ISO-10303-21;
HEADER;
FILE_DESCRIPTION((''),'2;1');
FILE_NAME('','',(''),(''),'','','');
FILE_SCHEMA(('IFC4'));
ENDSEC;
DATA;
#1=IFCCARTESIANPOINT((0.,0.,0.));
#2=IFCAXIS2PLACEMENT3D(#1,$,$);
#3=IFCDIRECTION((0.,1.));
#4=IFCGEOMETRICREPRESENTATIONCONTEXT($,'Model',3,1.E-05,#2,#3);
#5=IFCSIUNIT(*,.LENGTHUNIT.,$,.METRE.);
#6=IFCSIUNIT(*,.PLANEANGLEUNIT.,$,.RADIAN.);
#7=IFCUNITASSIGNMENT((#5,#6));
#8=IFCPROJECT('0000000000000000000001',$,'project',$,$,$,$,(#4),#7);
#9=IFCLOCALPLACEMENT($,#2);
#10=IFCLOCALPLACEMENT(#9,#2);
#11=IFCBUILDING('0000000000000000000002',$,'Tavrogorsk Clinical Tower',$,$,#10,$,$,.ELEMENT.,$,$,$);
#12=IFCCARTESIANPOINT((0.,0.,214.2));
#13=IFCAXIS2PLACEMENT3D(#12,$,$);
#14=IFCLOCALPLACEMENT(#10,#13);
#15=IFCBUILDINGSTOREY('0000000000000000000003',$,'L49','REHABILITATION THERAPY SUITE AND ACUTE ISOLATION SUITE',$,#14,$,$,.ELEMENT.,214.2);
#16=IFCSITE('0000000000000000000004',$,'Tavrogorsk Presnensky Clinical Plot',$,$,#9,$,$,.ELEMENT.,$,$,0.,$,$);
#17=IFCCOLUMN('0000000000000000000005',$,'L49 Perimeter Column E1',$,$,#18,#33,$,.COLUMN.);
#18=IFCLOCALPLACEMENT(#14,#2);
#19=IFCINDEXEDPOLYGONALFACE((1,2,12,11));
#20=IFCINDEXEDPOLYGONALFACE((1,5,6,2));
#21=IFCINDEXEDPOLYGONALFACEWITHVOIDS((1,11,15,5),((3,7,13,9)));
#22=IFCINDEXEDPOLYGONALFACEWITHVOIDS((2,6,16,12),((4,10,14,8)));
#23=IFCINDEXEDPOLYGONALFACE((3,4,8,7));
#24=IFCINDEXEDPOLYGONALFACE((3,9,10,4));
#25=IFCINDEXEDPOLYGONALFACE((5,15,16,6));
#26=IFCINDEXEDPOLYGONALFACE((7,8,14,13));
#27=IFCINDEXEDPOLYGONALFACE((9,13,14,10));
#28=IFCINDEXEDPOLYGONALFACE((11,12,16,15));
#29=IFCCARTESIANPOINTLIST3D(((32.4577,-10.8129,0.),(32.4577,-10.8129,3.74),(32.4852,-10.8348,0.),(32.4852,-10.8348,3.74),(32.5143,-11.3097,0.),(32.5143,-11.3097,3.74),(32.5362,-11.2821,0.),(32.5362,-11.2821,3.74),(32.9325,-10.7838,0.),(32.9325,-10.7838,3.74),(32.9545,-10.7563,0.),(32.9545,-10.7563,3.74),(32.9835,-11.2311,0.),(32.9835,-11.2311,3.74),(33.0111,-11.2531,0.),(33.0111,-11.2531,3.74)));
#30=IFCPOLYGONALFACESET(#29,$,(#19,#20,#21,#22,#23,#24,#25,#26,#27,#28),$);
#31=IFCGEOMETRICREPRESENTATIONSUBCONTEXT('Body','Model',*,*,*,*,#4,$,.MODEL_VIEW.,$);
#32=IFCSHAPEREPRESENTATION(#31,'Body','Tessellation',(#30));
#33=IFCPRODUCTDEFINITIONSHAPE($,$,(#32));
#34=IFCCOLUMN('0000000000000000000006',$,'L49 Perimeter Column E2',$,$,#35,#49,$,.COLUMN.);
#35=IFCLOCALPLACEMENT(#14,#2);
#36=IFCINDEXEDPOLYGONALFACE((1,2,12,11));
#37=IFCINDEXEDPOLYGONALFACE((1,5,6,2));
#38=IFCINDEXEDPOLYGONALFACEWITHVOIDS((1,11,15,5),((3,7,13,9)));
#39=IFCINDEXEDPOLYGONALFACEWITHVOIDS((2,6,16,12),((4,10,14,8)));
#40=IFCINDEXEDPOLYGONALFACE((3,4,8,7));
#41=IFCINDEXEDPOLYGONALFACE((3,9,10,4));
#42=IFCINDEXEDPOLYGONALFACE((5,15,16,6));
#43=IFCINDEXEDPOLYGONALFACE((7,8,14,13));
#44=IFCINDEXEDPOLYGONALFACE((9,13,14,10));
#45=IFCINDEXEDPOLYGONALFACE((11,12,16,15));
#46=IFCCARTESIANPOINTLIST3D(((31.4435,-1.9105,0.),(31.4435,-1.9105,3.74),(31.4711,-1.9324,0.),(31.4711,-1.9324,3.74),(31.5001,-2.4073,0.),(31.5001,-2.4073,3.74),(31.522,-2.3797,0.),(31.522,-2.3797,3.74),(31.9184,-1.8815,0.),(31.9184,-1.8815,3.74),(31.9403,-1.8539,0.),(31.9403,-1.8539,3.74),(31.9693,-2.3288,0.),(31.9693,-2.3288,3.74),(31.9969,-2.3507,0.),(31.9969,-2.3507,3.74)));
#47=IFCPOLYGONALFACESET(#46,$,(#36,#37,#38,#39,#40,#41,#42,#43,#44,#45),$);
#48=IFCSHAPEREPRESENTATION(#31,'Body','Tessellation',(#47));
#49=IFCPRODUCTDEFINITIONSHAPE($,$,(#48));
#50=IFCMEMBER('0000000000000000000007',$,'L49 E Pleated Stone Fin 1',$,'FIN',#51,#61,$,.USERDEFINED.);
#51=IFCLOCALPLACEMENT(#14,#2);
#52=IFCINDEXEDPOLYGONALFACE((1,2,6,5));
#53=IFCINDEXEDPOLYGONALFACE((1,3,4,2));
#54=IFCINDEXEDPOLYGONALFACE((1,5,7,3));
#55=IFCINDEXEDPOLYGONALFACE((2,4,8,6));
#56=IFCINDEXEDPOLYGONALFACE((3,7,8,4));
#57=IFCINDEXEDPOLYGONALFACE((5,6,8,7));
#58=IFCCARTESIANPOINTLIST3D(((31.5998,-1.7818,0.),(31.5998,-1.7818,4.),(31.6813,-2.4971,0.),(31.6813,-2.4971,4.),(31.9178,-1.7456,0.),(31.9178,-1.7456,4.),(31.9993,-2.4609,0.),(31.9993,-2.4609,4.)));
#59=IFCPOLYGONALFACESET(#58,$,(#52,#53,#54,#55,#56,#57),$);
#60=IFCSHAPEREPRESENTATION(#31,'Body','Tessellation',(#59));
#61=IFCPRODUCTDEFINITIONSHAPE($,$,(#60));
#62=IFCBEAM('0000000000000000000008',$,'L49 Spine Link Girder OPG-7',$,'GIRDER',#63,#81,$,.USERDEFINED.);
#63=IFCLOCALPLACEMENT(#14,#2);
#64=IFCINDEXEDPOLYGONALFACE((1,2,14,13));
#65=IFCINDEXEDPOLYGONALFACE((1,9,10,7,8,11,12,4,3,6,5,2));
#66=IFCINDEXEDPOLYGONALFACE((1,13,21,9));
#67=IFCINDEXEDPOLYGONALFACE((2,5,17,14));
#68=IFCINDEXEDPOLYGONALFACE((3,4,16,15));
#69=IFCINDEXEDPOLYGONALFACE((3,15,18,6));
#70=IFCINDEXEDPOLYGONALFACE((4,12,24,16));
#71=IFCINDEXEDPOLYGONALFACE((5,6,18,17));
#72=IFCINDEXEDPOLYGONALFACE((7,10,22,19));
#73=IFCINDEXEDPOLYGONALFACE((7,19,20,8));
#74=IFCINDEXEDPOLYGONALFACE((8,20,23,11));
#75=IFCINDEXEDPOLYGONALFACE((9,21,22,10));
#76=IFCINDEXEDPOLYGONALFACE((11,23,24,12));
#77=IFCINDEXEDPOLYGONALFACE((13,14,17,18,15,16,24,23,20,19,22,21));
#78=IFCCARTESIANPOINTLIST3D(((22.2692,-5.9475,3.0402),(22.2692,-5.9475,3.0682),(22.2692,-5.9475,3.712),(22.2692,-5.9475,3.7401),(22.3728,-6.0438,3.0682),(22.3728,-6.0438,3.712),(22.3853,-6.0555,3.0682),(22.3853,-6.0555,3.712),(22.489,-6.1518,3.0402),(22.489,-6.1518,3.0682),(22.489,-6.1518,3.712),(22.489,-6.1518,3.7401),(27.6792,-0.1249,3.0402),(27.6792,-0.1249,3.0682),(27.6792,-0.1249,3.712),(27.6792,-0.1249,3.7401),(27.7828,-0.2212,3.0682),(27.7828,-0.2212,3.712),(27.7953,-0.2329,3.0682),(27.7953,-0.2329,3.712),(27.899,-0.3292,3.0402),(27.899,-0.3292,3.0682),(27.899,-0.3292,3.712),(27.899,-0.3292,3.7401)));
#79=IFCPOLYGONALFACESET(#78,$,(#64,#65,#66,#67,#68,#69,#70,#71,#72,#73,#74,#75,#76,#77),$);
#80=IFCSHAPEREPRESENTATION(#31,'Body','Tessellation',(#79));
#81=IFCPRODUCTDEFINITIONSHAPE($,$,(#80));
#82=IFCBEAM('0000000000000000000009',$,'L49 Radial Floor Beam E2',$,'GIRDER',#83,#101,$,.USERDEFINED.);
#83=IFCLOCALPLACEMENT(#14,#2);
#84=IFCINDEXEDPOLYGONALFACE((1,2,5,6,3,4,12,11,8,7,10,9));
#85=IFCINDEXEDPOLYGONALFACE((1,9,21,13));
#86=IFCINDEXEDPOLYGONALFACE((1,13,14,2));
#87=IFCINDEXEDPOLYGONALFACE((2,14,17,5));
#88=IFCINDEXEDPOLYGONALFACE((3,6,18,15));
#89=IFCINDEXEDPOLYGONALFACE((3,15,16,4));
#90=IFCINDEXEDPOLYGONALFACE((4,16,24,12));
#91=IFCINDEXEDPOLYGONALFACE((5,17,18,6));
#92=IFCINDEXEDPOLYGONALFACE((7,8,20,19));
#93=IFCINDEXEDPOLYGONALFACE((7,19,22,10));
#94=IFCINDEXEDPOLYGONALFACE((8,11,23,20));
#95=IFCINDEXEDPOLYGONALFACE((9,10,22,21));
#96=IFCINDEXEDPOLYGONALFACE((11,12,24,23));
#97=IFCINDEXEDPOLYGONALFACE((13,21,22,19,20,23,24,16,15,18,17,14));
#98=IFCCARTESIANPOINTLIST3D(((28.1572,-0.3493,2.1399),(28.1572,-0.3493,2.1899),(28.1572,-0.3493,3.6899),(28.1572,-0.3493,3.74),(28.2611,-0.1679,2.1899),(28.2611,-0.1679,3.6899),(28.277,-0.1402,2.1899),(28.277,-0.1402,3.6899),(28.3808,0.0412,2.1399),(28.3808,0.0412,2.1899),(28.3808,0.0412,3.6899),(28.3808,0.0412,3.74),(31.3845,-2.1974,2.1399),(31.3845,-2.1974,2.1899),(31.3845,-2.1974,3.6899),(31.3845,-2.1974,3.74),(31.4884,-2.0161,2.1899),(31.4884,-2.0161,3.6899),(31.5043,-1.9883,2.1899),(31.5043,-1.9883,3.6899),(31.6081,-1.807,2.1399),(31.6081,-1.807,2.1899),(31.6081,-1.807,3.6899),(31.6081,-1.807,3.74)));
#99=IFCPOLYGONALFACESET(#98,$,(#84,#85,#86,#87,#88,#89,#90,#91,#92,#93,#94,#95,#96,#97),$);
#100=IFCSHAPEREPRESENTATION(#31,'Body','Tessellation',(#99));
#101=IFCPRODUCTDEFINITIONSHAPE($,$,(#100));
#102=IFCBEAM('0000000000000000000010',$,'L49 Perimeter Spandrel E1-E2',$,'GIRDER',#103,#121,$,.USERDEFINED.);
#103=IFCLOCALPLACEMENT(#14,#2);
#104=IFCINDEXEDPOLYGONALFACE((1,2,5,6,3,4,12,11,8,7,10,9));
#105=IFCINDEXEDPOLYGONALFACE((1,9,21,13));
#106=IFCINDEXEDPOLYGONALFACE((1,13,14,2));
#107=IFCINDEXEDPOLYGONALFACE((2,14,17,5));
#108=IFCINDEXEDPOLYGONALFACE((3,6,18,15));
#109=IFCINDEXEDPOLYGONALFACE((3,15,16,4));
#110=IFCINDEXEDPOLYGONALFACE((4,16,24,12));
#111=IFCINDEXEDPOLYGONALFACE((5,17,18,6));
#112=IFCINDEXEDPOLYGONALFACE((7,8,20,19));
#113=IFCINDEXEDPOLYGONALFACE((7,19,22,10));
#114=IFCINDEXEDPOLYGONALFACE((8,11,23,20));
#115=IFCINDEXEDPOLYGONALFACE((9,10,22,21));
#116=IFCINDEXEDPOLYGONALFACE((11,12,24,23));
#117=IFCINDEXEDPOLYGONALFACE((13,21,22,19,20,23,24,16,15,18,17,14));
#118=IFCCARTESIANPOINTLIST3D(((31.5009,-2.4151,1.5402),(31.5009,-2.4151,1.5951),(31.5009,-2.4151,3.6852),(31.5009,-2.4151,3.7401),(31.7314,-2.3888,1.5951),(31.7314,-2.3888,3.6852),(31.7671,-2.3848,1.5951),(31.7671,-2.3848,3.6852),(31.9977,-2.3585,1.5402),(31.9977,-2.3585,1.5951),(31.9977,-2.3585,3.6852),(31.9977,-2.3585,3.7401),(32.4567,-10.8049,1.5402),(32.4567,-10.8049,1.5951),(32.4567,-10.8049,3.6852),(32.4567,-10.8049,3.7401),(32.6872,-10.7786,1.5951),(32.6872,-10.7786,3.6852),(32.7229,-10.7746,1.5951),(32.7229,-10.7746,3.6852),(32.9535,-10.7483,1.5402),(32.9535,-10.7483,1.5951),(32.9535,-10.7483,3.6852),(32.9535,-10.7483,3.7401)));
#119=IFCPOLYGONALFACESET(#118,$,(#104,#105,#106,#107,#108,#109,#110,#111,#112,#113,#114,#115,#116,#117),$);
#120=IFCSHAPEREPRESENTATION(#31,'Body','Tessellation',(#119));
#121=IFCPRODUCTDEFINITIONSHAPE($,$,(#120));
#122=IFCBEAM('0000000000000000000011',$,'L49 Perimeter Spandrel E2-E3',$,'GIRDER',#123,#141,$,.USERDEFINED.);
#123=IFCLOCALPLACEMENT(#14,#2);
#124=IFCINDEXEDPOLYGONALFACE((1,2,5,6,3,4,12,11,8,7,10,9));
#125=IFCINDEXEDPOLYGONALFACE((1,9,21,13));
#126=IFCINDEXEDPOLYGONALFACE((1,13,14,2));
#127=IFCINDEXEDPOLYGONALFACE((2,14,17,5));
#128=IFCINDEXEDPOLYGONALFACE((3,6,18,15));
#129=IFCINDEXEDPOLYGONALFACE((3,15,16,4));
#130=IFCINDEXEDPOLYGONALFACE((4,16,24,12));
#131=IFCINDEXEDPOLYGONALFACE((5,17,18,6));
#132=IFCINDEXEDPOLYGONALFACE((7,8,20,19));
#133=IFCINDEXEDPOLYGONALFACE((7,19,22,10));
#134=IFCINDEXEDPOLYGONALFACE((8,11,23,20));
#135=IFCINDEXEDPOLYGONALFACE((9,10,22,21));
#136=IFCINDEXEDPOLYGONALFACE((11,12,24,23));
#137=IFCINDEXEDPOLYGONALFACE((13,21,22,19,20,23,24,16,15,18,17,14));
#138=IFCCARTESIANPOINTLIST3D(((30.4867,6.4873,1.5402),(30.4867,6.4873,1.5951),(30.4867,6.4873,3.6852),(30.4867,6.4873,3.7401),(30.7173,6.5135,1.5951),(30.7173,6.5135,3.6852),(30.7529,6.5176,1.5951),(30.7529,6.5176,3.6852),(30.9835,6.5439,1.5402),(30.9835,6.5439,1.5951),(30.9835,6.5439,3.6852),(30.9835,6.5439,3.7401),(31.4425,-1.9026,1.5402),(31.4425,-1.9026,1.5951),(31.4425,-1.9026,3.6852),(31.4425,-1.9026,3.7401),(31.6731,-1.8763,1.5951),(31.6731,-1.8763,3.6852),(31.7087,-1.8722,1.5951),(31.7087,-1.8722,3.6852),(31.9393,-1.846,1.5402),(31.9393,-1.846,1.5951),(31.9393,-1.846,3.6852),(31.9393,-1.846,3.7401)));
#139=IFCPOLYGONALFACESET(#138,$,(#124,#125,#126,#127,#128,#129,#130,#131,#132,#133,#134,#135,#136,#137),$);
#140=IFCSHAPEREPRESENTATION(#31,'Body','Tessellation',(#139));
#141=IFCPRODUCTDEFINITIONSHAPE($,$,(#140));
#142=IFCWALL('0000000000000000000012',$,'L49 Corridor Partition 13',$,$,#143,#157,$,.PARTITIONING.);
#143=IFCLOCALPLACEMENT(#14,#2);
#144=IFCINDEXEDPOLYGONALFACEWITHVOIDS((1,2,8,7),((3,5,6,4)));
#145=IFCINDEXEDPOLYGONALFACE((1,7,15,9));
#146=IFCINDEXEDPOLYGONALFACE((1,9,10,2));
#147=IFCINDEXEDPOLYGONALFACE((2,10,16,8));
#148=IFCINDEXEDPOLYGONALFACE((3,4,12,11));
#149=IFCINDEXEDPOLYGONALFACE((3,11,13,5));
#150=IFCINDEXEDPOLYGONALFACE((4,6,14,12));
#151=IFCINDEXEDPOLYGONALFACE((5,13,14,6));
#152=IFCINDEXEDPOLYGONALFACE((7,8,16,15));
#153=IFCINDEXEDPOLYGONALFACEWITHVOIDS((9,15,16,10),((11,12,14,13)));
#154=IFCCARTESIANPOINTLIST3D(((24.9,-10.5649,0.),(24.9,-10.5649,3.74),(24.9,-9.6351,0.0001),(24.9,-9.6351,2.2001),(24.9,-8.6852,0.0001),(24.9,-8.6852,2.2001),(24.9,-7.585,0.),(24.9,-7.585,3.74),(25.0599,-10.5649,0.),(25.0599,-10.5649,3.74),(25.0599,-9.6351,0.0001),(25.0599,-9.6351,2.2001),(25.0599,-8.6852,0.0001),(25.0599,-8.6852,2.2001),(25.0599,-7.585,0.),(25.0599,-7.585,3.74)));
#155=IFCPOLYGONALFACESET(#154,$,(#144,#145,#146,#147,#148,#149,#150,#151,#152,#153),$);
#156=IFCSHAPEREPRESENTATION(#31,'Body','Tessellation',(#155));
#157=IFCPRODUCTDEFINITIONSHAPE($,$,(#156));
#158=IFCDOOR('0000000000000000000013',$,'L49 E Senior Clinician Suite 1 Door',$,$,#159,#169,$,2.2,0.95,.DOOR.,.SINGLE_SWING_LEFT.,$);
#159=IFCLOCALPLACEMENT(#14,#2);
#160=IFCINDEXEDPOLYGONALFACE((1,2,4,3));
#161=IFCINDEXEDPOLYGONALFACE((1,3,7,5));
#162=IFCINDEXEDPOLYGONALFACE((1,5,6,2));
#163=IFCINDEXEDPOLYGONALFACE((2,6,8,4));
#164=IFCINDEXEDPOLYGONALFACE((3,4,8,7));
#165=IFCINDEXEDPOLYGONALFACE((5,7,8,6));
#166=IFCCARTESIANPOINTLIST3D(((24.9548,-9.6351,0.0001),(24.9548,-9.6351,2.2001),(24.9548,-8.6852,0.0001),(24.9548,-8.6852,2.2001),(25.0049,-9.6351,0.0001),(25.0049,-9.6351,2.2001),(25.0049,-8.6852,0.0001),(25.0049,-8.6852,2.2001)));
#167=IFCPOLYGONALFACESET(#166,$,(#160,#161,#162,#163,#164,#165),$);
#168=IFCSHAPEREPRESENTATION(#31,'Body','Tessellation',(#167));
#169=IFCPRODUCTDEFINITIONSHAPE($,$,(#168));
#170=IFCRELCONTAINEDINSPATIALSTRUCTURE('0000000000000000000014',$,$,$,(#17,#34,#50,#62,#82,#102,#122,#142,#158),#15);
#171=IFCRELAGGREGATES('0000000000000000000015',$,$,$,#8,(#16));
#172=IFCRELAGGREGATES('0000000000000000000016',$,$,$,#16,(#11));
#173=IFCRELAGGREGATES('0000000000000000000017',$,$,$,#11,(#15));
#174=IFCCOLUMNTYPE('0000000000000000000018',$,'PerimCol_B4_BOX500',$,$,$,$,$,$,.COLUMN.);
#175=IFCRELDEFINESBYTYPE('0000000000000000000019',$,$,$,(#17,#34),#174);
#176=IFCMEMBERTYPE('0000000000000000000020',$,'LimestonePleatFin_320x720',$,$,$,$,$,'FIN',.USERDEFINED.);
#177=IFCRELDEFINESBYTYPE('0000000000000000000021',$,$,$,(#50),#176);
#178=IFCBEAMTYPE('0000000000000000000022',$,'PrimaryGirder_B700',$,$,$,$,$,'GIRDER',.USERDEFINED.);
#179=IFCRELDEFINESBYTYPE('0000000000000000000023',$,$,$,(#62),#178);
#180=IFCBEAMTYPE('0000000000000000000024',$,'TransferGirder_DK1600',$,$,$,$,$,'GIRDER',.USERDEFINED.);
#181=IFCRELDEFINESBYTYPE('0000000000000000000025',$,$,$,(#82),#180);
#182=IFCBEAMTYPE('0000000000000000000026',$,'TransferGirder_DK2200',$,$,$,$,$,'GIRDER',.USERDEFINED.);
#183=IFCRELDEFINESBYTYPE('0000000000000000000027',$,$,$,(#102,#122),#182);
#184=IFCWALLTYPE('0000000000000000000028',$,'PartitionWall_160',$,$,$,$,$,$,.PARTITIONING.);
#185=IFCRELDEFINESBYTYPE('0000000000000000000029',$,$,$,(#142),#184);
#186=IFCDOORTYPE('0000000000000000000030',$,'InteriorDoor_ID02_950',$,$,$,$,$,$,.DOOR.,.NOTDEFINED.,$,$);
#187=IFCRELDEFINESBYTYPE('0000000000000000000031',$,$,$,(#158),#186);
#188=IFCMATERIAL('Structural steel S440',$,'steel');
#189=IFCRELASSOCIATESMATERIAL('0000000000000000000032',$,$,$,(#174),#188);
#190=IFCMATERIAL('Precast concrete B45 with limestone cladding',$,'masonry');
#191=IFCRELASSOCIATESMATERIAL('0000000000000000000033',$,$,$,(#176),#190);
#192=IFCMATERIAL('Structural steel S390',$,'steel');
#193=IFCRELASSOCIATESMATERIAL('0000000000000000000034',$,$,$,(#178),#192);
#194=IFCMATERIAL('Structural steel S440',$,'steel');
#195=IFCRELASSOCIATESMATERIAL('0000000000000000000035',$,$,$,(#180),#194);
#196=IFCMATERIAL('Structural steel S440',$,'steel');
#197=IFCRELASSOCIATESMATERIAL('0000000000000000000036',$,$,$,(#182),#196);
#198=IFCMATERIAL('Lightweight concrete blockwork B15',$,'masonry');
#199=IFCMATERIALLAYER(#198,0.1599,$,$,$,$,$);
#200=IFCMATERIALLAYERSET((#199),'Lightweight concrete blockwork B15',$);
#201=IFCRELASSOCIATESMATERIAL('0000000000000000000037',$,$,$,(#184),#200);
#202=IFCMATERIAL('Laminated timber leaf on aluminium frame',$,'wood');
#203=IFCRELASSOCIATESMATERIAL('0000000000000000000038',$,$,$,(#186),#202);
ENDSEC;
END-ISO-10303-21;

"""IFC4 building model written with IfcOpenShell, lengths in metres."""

from ifc_helpers import new_model, si_unit, direction, frame, frame_2d, origin, origin_2d, place, context, subcontext, project, spatial, rectangle, hollow_rectangle, i_section, extrude, material, layer, layer_set, material_profile, profile_set, type_object, element, fill, save


model = new_model("IFC4")

# Units and contexts
model_context = context("Model", 3, precision=1e-05, world=origin(), true_north=direction((0.0, 1.0)))
body_context = subcontext(model_context, "Body", "Model", "MODEL_VIEW")
ifc_project = project(units=[si_unit("LENGTHUNIT", "METRE"), si_unit("PLANEANGLEUNIT", "RADIAN")], contexts=[model_context])

# Site, building, storey
site_placement = place(None, origin())
site = spatial("IfcSite", under=ifc_project, at=site_placement, Name="Tavrogorsk Presnensky Clinical Plot", CompositionType="ELEMENT", RefElevation=0.0)
building_placement = place(site_placement, origin())
building = spatial("IfcBuilding", under=site, at=building_placement, Name="Tavrogorsk Clinical Tower", CompositionType="ELEMENT")
storey_placement = place(building_placement, frame((0.0, 0.0, 214.2)))
storey = spatial("IfcBuildingStorey", under=building, at=storey_placement, Name="L49", Description="REHABILITATION THERAPY SUITE AND ACUTE ISOLATION SUITE", CompositionType="ELEMENT", Elevation=214.2)

# Columns
ifc_material_1 = material(Name="Structural steel S440", Category="steel")
ifc_material_profile_1 = material_profile(ifc_material_1, hollow_rectangle(XDim=0.5, YDim=0.5, WallThickness=0.0249, at=origin_2d()), Name="BOX-500x500x25")
ifc_profile_set_1 = profile_set([ifc_material_profile_1], Name="Structural steel S440")
column_type = type_object("IfcColumnType", Name="PerimCol_B4_BOX500", PredefinedType="COLUMN", material=ifc_profile_set_1)
for number, where, z_axis, x_axis, name in (
    (1, (32.7344, -11.033, 0.0), (0.0, 0.0, 1.0), (0.993572, 0.113203, 0.0), "L49 Perimeter Column E1"),
    (2, (31.7202, -2.1306, 0.0), (0.0, 0.0, 1.0), (0.993572, 0.113203, 0.0), "L49 Perimeter Column E2"),
):
    element("IfcColumn", number, at=place(storey_placement, frame(where, z_axis=z_axis, x_axis=x_axis)), inside=storey, type_object=column_type, Name=name, PredefinedType="COLUMN", context=body_context, shape_type="SweptSolid", body=[
        extrude(hollow_rectangle(XDim=0.5, YDim=0.5, WallThickness=0.0249, at=origin_2d()), origin(), (0.0, 0.0, 1.0), 3.74),
    ])

# Member
ifc_material_2 = material(Name="Precast concrete B45 with limestone cladding", Category="masonry")
ifc_material_profile_2 = material_profile(ifc_material_2, rectangle(XDim=0.3201, YDim=0.72, at=origin_2d()), Name="LIMESTONE-FIN-320x720")
ifc_profile_set_2 = profile_set([ifc_material_profile_2], Name="Precast concrete B45 with limestone cladding")
member_type = type_object("IfcMemberType", Name="LimestonePleatFin_320x720", ElementType="FIN", PredefinedType="USERDEFINED", material=ifc_profile_set_2)
member_placement = place(storey_placement, frame((31.7996, -2.1213, 0.0), z_axis=(0.0, 0.0, 1.0), x_axis=(0.993572, 0.113203, 0.0)))
element("IfcMember", 3, at=member_placement, inside=storey, type_object=member_type, Name="L49 E Pleated Stone Fin 1", ObjectType="FIN", PredefinedType="USERDEFINED", context=body_context, shape_type="SweptSolid", body=[
    extrude(rectangle(XDim=0.3201, YDim=0.72, at=origin_2d()), origin(), (0.0, 0.0, 1.0), 4.0),
])

# Beams
ifc_material_3 = material(Name="Structural steel S390", Category="steel")
ifc_material_profile_3 = material_profile(ifc_material_3, i_section(OverallWidth=0.3, OverallDepth=0.7, WebThickness=0.0171, FlangeThickness=0.0281, at=origin_2d()), Name="B-700x300x17x28")
ifc_profile_set_3 = profile_set([ifc_material_profile_3], Name="Structural steel S390")
beam_type_1 = type_object("IfcBeamType", Name="PrimaryGirder_B700", ElementType="GIRDER", PredefinedType="USERDEFINED", material=ifc_profile_set_3)
beam_1_placement = place(storey_placement, frame((27.7891, -0.2271, 3.3901), z_axis=(-0.680674, -0.732587, 0.0), x_axis=(0.732587, -0.680674, 0.0)))
element("IfcBeam", 4, at=beam_1_placement, inside=storey, type_object=beam_type_1, Name="L49 Spine Link Girder OPG-7", ObjectType="GIRDER", PredefinedType="USERDEFINED", context=body_context, shape_type="SweptSolid", body=[
    extrude(i_section(OverallWidth=0.3, OverallDepth=0.7, WebThickness=0.0171, FlangeThickness=0.0281, at=origin_2d()), origin(), (0.0, 0.0, 1.0), 7.948),
])
ifc_material_4 = material(Name="Structural steel S440", Category="steel")
ifc_material_profile_4 = material_profile(ifc_material_4, i_section(OverallWidth=0.45, OverallDepth=1.6001, WebThickness=0.032, FlangeThickness=0.05, at=origin_2d()), Name="DK-1600x450x32x50")
ifc_profile_set_4 = profile_set([ifc_material_profile_4], Name="Structural steel S440")
beam_type_2 = type_object("IfcBeamType", Name="TransferGirder_DK1600", ElementType="GIRDER", PredefinedType="USERDEFINED", material=ifc_profile_set_4)
beam_2_placement = place(storey_placement, frame((28.269, -0.1541, 2.9399), z_axis=(0.867782, -0.496945, 0.0), x_axis=(0.496945, 0.867782, 0.0)))
element("IfcBeam", 5, at=beam_2_placement, inside=storey, type_object=beam_type_2, Name="L49 Radial Floor Beam E2", ObjectType="GIRDER", PredefinedType="USERDEFINED", context=body_context, shape_type="SweptSolid", body=[
    extrude(i_section(OverallWidth=0.45, OverallDepth=1.6001, WebThickness=0.032, FlangeThickness=0.05, at=origin_2d()), origin(), (0.0, 0.0, 1.0), 3.719),
])
ifc_material_5 = material(Name="Structural steel S440", Category="steel")
ifc_material_profile_5 = material_profile(ifc_material_5, i_section(OverallWidth=0.5, OverallDepth=2.2, WebThickness=0.0359, FlangeThickness=0.0549, at=origin_2d()), Name="DK-2200x500x36x55")
ifc_profile_set_5 = profile_set([ifc_material_profile_5], Name="Structural steel S440")
beam_type_3 = type_object("IfcBeamType", Name="TransferGirder_DK2200", ElementType="GIRDER", PredefinedType="USERDEFINED", material=ifc_profile_set_5)
for number, where, z_axis, x_axis, name in (
    (6, (32.7051, -10.7766, 2.6401), (-0.113192, 0.993573, 0.0), (-0.993573, -0.113192, 0.0), "L49 Perimeter Spandrel E1-E2"),
    (7, (31.6909, -1.8743, 2.6401), (-0.113192, 0.993573, 0.0), (-0.993573, -0.113192, 0.0), "L49 Perimeter Spandrel E2-E3"),
):
    element("IfcBeam", number, at=place(storey_placement, frame(where, z_axis=z_axis, x_axis=x_axis)), inside=storey, type_object=beam_type_3, Name=name, ObjectType="GIRDER", PredefinedType="USERDEFINED", context=body_context, shape_type="SweptSolid", body=[
        extrude(i_section(OverallWidth=0.5, OverallDepth=2.2, WebThickness=0.0359, FlangeThickness=0.0549, at=origin_2d()), origin(), (0.0, 0.0, 1.0), 8.4441),
    ])

# Wall, opening, door
ifc_material_6 = material(Name="Lightweight concrete blockwork B15", Category="masonry")
ifc_layer = layer(ifc_material_6, 0.1599)
ifc_layer_set = layer_set([ifc_layer], Name="Lightweight concrete blockwork B15")
wall_type = type_object("IfcWallType", Name="PartitionWall_160", PredefinedType="PARTITIONING", material=ifc_layer_set)
wall_1_placement = place(storey_placement, frame((24.98, -7.585, 0.0), z_axis=(0.0, 0.0, 1.0), x_axis=(0.0, -1.0, 0.0)))
wall_1 = element("IfcWall", 8, at=wall_1_placement, inside=storey, type_object=wall_type, Name="L49 Corridor Partition 13", PredefinedType="PARTITIONING", context=body_context, shape_type="SweptSolid", body=[
    extrude(rectangle(XDim=2.98, YDim=0.1599, at=frame_2d((1.49, 0.0))), origin(), (0.0, 0.0, 1.0), 3.74),
])
opening_1_placement = place(wall_1_placement, frame((1.1001, 0.0, 0.0)))
opening_1 = element("IfcOpeningElement", 9, at=opening_1_placement, cuts=wall_1, PredefinedType="OPENING", context=body_context, shape_type="SweptSolid", body=[
    extrude(rectangle(XDim=0.95, YDim=2.2, at=frame_2d((0.4751, 1.1001))), frame((0.0, 0.0898, 0.0), z_axis=(0.0, -1.0, 0.0), x_axis=(1.0, 0.0, 0.0)), (0.0, 0.0, 1.0), 0.1799),
])
ifc_material_7 = material(Name="Laminated timber leaf on aluminium frame", Category="wood")
door_type_1 = type_object("IfcDoorType", Name="InteriorDoor_ID02_950", OperationType="NOTDEFINED", PredefinedType="DOOR", material=ifc_material_7)
door_1_placement = place(opening_1_placement, origin())
door_1 = element("IfcDoor", 10, at=door_1_placement, inside=storey, type_object=door_type_1, Name="L49 E Senior Clinician Suite 1 Door", OperationType="SINGLE_SWING_LEFT", OverallHeight=2.2, OverallWidth=0.95, PredefinedType="DOOR", context=body_context, shape_type="SweptSolid", body=[
    extrude(rectangle(XDim=0.95, YDim=2.2, at=frame_2d((0.4751, 1.1001))), frame((0.0, 0.0249, 0.0), z_axis=(0.0, -1.0, 0.0), x_axis=(1.0, 0.0, 0.0)), (0.0, 0.0, 1.0), 0.05),
])
fill(opening_1, door_1)

save(model, "model.ifc")
